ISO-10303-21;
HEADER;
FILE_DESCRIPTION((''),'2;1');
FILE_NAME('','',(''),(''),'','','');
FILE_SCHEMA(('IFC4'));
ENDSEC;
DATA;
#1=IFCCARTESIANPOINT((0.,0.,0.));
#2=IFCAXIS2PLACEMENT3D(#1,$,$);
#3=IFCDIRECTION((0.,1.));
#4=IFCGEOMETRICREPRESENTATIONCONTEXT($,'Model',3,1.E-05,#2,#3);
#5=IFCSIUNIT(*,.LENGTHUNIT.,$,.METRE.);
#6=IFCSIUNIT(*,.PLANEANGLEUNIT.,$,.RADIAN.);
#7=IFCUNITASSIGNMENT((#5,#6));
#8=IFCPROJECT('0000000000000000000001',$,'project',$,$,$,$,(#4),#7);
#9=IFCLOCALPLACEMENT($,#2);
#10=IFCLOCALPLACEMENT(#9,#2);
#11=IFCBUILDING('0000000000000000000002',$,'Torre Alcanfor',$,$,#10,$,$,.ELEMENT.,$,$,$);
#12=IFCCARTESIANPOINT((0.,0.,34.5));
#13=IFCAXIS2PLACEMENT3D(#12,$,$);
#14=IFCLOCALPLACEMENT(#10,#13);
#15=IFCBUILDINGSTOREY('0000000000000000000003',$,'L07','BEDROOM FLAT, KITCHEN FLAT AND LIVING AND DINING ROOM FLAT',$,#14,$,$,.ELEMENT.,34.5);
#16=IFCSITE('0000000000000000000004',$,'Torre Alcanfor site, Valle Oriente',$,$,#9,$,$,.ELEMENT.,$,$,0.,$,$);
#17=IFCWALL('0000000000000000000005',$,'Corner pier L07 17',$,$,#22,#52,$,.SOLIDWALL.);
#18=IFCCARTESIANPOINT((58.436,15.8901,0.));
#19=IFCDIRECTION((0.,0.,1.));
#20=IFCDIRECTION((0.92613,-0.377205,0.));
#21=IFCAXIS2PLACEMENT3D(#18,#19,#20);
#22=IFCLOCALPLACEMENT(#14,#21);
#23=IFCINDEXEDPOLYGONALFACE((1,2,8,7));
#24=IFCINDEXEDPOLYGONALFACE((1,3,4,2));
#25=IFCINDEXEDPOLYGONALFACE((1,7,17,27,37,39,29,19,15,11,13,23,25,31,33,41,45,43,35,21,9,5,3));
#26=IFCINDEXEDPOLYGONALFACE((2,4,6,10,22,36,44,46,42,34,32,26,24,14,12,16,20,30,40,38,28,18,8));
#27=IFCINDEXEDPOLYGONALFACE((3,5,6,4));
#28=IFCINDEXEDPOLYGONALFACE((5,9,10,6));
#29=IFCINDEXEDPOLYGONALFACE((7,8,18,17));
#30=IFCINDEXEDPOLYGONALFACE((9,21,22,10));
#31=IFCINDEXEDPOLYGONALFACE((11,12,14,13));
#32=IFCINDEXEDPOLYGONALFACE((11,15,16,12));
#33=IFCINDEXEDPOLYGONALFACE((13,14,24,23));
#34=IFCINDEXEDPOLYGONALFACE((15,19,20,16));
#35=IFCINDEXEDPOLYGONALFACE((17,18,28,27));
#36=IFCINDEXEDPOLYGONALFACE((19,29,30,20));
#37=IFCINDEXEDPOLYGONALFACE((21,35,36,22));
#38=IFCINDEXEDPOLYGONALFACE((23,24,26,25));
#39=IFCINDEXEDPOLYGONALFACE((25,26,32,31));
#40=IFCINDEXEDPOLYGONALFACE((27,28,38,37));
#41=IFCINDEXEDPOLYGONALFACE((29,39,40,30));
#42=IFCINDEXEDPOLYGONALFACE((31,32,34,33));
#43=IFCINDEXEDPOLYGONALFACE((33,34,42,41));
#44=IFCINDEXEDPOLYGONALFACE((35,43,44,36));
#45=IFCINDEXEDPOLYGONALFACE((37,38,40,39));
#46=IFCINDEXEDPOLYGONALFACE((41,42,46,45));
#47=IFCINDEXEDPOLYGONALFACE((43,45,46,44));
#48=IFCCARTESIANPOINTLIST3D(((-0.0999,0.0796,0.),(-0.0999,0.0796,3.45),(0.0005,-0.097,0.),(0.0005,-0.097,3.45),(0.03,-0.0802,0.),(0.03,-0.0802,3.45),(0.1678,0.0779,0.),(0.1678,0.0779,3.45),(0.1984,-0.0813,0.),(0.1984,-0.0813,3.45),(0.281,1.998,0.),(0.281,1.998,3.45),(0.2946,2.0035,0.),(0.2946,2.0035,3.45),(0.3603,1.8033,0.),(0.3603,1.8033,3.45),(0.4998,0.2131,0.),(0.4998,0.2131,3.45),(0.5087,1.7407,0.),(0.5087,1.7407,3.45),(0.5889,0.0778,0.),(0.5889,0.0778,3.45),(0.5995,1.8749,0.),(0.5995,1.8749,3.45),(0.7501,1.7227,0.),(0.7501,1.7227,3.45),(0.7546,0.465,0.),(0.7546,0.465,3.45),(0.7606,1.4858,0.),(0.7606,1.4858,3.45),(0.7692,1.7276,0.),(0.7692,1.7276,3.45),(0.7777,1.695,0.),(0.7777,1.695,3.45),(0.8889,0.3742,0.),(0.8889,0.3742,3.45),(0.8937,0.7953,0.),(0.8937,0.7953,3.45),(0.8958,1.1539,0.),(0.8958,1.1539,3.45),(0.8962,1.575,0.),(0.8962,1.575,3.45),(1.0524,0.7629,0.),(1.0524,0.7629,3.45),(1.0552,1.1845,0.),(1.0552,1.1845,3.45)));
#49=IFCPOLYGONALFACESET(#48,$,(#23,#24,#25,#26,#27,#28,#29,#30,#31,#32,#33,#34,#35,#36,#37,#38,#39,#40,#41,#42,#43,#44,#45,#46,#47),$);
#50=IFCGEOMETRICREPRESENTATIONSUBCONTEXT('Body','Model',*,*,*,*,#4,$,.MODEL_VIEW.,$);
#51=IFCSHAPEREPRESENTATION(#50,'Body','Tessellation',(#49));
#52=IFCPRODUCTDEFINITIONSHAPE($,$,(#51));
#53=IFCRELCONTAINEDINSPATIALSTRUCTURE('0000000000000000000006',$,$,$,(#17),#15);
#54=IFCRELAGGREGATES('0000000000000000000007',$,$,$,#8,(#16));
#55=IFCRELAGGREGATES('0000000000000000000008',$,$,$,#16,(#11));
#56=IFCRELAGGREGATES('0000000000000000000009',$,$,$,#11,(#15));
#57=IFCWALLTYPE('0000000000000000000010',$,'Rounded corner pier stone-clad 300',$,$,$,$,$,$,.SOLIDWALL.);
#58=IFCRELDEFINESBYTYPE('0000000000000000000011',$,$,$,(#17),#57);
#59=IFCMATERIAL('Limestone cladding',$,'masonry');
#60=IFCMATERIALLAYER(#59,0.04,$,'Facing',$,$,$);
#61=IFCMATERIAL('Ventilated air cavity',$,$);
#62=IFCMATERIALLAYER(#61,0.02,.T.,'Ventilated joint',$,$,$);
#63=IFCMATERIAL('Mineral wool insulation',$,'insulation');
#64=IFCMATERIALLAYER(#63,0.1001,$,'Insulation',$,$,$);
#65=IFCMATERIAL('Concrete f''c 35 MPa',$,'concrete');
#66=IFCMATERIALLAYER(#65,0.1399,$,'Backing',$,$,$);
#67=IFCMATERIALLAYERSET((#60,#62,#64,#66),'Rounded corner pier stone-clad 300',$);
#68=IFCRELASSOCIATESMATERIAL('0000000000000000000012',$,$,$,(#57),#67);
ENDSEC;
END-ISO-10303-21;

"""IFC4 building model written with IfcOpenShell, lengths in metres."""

from ifc_helpers import new_model, si_unit, direction, frame, origin, place, context, subcontext, project, spatial, polyline, outline, extrude, material, layer, layer_set, type_object, element, save


model = new_model("IFC4")

# Units and contexts
model_context = context("Model", 3, precision=1e-05, world=origin(), true_north=direction((0.0, 1.0)))
body_context = subcontext(model_context, "Body", "Model", "MODEL_VIEW")
ifc_project = project(units=[si_unit("LENGTHUNIT", "METRE"), si_unit("PLANEANGLEUNIT", "RADIAN")], contexts=[model_context])

# Site, building, storey
site_placement = place(None, origin())
site = spatial("IfcSite", under=ifc_project, at=site_placement, Name="Torre Alcanfor site, Valle Oriente", CompositionType="ELEMENT", RefElevation=0.0)
building_placement = place(site_placement, origin())
building = spatial("IfcBuilding", under=site, at=building_placement, Name="Torre Alcanfor", CompositionType="ELEMENT")
storey_placement = place(building_placement, frame((0.0, 0.0, 34.5)))
storey = spatial("IfcBuildingStorey", under=building, at=storey_placement, Name="L07", Description="BEDROOM FLAT, KITCHEN FLAT AND LIVING AND DINING ROOM FLAT", CompositionType="ELEMENT", Elevation=34.5)

# Shared definitions
ifc_material_1 = material(Name="Limestone cladding", Category="masonry")
ifc_material_2 = material(Name="Ventilated air cavity")
ifc_material_3 = material(Name="Mineral wool insulation", Category="insulation")
ifc_material_4 = material(Name="Concrete f'c 35 MPa", Category="concrete")

# Wall
ifc_layer_1 = layer(ifc_material_1, 0.04, Name="Facing")
ifc_layer_2 = layer(ifc_material_2, 0.02, ventilated=True, Name="Ventilated joint")
ifc_layer_3 = layer(ifc_material_3, 0.1001, Name="Insulation")
ifc_layer_4 = layer(ifc_material_4, 0.1399, Name="Backing")
ifc_layer_set_1 = layer_set([ifc_layer_1, ifc_layer_2, ifc_layer_3, ifc_layer_4], Name="Rounded corner pier stone-clad 300")
wall_type_1 = type_object("IfcWallType", Name="Rounded corner pier stone-clad 300", PredefinedType="SOLIDWALL", material=ifc_layer_set_1)
wall_1_placement = place(storey_placement, frame((58.436, 15.8901, 0.0), z_axis=(0.0, 0.0, 1.0), x_axis=(0.92613, -0.377205, 0.0)))
element("IfcWall", 1, at=wall_1_placement, inside=storey, type_object=wall_type_1, Name="Corner pier L07 17", PredefinedType="SOLIDWALL", context=body_context, shape_type="SweptSolid", body=[
    extrude(outline(polyline([(0.7692, 1.7276), (0.7501, 1.7227), (0.5995, 1.8749), (0.2946, 2.0035), (0.281, 1.998), (0.3603, 1.8033), (0.5087, 1.7407), (0.7606, 1.4858), (0.8958, 1.1539), (0.8937, 0.7953), (0.7546, 0.465), (0.4998, 0.2131), (0.1678, 0.0779), (-0.0999, 0.0796), (0.0005, -0.097), (0.03, -0.0802), (0.1984, -0.0813), (0.5889, 0.0778), (0.8889, 0.3742), (1.0524, 0.7629), (1.0552, 1.1845), (0.8962, 1.575), (0.7777, 1.695), (0.7692, 1.7276)])), origin(), (0.0, 0.0, 1.0), 3.45),
])

save(model, "model.ifc")
